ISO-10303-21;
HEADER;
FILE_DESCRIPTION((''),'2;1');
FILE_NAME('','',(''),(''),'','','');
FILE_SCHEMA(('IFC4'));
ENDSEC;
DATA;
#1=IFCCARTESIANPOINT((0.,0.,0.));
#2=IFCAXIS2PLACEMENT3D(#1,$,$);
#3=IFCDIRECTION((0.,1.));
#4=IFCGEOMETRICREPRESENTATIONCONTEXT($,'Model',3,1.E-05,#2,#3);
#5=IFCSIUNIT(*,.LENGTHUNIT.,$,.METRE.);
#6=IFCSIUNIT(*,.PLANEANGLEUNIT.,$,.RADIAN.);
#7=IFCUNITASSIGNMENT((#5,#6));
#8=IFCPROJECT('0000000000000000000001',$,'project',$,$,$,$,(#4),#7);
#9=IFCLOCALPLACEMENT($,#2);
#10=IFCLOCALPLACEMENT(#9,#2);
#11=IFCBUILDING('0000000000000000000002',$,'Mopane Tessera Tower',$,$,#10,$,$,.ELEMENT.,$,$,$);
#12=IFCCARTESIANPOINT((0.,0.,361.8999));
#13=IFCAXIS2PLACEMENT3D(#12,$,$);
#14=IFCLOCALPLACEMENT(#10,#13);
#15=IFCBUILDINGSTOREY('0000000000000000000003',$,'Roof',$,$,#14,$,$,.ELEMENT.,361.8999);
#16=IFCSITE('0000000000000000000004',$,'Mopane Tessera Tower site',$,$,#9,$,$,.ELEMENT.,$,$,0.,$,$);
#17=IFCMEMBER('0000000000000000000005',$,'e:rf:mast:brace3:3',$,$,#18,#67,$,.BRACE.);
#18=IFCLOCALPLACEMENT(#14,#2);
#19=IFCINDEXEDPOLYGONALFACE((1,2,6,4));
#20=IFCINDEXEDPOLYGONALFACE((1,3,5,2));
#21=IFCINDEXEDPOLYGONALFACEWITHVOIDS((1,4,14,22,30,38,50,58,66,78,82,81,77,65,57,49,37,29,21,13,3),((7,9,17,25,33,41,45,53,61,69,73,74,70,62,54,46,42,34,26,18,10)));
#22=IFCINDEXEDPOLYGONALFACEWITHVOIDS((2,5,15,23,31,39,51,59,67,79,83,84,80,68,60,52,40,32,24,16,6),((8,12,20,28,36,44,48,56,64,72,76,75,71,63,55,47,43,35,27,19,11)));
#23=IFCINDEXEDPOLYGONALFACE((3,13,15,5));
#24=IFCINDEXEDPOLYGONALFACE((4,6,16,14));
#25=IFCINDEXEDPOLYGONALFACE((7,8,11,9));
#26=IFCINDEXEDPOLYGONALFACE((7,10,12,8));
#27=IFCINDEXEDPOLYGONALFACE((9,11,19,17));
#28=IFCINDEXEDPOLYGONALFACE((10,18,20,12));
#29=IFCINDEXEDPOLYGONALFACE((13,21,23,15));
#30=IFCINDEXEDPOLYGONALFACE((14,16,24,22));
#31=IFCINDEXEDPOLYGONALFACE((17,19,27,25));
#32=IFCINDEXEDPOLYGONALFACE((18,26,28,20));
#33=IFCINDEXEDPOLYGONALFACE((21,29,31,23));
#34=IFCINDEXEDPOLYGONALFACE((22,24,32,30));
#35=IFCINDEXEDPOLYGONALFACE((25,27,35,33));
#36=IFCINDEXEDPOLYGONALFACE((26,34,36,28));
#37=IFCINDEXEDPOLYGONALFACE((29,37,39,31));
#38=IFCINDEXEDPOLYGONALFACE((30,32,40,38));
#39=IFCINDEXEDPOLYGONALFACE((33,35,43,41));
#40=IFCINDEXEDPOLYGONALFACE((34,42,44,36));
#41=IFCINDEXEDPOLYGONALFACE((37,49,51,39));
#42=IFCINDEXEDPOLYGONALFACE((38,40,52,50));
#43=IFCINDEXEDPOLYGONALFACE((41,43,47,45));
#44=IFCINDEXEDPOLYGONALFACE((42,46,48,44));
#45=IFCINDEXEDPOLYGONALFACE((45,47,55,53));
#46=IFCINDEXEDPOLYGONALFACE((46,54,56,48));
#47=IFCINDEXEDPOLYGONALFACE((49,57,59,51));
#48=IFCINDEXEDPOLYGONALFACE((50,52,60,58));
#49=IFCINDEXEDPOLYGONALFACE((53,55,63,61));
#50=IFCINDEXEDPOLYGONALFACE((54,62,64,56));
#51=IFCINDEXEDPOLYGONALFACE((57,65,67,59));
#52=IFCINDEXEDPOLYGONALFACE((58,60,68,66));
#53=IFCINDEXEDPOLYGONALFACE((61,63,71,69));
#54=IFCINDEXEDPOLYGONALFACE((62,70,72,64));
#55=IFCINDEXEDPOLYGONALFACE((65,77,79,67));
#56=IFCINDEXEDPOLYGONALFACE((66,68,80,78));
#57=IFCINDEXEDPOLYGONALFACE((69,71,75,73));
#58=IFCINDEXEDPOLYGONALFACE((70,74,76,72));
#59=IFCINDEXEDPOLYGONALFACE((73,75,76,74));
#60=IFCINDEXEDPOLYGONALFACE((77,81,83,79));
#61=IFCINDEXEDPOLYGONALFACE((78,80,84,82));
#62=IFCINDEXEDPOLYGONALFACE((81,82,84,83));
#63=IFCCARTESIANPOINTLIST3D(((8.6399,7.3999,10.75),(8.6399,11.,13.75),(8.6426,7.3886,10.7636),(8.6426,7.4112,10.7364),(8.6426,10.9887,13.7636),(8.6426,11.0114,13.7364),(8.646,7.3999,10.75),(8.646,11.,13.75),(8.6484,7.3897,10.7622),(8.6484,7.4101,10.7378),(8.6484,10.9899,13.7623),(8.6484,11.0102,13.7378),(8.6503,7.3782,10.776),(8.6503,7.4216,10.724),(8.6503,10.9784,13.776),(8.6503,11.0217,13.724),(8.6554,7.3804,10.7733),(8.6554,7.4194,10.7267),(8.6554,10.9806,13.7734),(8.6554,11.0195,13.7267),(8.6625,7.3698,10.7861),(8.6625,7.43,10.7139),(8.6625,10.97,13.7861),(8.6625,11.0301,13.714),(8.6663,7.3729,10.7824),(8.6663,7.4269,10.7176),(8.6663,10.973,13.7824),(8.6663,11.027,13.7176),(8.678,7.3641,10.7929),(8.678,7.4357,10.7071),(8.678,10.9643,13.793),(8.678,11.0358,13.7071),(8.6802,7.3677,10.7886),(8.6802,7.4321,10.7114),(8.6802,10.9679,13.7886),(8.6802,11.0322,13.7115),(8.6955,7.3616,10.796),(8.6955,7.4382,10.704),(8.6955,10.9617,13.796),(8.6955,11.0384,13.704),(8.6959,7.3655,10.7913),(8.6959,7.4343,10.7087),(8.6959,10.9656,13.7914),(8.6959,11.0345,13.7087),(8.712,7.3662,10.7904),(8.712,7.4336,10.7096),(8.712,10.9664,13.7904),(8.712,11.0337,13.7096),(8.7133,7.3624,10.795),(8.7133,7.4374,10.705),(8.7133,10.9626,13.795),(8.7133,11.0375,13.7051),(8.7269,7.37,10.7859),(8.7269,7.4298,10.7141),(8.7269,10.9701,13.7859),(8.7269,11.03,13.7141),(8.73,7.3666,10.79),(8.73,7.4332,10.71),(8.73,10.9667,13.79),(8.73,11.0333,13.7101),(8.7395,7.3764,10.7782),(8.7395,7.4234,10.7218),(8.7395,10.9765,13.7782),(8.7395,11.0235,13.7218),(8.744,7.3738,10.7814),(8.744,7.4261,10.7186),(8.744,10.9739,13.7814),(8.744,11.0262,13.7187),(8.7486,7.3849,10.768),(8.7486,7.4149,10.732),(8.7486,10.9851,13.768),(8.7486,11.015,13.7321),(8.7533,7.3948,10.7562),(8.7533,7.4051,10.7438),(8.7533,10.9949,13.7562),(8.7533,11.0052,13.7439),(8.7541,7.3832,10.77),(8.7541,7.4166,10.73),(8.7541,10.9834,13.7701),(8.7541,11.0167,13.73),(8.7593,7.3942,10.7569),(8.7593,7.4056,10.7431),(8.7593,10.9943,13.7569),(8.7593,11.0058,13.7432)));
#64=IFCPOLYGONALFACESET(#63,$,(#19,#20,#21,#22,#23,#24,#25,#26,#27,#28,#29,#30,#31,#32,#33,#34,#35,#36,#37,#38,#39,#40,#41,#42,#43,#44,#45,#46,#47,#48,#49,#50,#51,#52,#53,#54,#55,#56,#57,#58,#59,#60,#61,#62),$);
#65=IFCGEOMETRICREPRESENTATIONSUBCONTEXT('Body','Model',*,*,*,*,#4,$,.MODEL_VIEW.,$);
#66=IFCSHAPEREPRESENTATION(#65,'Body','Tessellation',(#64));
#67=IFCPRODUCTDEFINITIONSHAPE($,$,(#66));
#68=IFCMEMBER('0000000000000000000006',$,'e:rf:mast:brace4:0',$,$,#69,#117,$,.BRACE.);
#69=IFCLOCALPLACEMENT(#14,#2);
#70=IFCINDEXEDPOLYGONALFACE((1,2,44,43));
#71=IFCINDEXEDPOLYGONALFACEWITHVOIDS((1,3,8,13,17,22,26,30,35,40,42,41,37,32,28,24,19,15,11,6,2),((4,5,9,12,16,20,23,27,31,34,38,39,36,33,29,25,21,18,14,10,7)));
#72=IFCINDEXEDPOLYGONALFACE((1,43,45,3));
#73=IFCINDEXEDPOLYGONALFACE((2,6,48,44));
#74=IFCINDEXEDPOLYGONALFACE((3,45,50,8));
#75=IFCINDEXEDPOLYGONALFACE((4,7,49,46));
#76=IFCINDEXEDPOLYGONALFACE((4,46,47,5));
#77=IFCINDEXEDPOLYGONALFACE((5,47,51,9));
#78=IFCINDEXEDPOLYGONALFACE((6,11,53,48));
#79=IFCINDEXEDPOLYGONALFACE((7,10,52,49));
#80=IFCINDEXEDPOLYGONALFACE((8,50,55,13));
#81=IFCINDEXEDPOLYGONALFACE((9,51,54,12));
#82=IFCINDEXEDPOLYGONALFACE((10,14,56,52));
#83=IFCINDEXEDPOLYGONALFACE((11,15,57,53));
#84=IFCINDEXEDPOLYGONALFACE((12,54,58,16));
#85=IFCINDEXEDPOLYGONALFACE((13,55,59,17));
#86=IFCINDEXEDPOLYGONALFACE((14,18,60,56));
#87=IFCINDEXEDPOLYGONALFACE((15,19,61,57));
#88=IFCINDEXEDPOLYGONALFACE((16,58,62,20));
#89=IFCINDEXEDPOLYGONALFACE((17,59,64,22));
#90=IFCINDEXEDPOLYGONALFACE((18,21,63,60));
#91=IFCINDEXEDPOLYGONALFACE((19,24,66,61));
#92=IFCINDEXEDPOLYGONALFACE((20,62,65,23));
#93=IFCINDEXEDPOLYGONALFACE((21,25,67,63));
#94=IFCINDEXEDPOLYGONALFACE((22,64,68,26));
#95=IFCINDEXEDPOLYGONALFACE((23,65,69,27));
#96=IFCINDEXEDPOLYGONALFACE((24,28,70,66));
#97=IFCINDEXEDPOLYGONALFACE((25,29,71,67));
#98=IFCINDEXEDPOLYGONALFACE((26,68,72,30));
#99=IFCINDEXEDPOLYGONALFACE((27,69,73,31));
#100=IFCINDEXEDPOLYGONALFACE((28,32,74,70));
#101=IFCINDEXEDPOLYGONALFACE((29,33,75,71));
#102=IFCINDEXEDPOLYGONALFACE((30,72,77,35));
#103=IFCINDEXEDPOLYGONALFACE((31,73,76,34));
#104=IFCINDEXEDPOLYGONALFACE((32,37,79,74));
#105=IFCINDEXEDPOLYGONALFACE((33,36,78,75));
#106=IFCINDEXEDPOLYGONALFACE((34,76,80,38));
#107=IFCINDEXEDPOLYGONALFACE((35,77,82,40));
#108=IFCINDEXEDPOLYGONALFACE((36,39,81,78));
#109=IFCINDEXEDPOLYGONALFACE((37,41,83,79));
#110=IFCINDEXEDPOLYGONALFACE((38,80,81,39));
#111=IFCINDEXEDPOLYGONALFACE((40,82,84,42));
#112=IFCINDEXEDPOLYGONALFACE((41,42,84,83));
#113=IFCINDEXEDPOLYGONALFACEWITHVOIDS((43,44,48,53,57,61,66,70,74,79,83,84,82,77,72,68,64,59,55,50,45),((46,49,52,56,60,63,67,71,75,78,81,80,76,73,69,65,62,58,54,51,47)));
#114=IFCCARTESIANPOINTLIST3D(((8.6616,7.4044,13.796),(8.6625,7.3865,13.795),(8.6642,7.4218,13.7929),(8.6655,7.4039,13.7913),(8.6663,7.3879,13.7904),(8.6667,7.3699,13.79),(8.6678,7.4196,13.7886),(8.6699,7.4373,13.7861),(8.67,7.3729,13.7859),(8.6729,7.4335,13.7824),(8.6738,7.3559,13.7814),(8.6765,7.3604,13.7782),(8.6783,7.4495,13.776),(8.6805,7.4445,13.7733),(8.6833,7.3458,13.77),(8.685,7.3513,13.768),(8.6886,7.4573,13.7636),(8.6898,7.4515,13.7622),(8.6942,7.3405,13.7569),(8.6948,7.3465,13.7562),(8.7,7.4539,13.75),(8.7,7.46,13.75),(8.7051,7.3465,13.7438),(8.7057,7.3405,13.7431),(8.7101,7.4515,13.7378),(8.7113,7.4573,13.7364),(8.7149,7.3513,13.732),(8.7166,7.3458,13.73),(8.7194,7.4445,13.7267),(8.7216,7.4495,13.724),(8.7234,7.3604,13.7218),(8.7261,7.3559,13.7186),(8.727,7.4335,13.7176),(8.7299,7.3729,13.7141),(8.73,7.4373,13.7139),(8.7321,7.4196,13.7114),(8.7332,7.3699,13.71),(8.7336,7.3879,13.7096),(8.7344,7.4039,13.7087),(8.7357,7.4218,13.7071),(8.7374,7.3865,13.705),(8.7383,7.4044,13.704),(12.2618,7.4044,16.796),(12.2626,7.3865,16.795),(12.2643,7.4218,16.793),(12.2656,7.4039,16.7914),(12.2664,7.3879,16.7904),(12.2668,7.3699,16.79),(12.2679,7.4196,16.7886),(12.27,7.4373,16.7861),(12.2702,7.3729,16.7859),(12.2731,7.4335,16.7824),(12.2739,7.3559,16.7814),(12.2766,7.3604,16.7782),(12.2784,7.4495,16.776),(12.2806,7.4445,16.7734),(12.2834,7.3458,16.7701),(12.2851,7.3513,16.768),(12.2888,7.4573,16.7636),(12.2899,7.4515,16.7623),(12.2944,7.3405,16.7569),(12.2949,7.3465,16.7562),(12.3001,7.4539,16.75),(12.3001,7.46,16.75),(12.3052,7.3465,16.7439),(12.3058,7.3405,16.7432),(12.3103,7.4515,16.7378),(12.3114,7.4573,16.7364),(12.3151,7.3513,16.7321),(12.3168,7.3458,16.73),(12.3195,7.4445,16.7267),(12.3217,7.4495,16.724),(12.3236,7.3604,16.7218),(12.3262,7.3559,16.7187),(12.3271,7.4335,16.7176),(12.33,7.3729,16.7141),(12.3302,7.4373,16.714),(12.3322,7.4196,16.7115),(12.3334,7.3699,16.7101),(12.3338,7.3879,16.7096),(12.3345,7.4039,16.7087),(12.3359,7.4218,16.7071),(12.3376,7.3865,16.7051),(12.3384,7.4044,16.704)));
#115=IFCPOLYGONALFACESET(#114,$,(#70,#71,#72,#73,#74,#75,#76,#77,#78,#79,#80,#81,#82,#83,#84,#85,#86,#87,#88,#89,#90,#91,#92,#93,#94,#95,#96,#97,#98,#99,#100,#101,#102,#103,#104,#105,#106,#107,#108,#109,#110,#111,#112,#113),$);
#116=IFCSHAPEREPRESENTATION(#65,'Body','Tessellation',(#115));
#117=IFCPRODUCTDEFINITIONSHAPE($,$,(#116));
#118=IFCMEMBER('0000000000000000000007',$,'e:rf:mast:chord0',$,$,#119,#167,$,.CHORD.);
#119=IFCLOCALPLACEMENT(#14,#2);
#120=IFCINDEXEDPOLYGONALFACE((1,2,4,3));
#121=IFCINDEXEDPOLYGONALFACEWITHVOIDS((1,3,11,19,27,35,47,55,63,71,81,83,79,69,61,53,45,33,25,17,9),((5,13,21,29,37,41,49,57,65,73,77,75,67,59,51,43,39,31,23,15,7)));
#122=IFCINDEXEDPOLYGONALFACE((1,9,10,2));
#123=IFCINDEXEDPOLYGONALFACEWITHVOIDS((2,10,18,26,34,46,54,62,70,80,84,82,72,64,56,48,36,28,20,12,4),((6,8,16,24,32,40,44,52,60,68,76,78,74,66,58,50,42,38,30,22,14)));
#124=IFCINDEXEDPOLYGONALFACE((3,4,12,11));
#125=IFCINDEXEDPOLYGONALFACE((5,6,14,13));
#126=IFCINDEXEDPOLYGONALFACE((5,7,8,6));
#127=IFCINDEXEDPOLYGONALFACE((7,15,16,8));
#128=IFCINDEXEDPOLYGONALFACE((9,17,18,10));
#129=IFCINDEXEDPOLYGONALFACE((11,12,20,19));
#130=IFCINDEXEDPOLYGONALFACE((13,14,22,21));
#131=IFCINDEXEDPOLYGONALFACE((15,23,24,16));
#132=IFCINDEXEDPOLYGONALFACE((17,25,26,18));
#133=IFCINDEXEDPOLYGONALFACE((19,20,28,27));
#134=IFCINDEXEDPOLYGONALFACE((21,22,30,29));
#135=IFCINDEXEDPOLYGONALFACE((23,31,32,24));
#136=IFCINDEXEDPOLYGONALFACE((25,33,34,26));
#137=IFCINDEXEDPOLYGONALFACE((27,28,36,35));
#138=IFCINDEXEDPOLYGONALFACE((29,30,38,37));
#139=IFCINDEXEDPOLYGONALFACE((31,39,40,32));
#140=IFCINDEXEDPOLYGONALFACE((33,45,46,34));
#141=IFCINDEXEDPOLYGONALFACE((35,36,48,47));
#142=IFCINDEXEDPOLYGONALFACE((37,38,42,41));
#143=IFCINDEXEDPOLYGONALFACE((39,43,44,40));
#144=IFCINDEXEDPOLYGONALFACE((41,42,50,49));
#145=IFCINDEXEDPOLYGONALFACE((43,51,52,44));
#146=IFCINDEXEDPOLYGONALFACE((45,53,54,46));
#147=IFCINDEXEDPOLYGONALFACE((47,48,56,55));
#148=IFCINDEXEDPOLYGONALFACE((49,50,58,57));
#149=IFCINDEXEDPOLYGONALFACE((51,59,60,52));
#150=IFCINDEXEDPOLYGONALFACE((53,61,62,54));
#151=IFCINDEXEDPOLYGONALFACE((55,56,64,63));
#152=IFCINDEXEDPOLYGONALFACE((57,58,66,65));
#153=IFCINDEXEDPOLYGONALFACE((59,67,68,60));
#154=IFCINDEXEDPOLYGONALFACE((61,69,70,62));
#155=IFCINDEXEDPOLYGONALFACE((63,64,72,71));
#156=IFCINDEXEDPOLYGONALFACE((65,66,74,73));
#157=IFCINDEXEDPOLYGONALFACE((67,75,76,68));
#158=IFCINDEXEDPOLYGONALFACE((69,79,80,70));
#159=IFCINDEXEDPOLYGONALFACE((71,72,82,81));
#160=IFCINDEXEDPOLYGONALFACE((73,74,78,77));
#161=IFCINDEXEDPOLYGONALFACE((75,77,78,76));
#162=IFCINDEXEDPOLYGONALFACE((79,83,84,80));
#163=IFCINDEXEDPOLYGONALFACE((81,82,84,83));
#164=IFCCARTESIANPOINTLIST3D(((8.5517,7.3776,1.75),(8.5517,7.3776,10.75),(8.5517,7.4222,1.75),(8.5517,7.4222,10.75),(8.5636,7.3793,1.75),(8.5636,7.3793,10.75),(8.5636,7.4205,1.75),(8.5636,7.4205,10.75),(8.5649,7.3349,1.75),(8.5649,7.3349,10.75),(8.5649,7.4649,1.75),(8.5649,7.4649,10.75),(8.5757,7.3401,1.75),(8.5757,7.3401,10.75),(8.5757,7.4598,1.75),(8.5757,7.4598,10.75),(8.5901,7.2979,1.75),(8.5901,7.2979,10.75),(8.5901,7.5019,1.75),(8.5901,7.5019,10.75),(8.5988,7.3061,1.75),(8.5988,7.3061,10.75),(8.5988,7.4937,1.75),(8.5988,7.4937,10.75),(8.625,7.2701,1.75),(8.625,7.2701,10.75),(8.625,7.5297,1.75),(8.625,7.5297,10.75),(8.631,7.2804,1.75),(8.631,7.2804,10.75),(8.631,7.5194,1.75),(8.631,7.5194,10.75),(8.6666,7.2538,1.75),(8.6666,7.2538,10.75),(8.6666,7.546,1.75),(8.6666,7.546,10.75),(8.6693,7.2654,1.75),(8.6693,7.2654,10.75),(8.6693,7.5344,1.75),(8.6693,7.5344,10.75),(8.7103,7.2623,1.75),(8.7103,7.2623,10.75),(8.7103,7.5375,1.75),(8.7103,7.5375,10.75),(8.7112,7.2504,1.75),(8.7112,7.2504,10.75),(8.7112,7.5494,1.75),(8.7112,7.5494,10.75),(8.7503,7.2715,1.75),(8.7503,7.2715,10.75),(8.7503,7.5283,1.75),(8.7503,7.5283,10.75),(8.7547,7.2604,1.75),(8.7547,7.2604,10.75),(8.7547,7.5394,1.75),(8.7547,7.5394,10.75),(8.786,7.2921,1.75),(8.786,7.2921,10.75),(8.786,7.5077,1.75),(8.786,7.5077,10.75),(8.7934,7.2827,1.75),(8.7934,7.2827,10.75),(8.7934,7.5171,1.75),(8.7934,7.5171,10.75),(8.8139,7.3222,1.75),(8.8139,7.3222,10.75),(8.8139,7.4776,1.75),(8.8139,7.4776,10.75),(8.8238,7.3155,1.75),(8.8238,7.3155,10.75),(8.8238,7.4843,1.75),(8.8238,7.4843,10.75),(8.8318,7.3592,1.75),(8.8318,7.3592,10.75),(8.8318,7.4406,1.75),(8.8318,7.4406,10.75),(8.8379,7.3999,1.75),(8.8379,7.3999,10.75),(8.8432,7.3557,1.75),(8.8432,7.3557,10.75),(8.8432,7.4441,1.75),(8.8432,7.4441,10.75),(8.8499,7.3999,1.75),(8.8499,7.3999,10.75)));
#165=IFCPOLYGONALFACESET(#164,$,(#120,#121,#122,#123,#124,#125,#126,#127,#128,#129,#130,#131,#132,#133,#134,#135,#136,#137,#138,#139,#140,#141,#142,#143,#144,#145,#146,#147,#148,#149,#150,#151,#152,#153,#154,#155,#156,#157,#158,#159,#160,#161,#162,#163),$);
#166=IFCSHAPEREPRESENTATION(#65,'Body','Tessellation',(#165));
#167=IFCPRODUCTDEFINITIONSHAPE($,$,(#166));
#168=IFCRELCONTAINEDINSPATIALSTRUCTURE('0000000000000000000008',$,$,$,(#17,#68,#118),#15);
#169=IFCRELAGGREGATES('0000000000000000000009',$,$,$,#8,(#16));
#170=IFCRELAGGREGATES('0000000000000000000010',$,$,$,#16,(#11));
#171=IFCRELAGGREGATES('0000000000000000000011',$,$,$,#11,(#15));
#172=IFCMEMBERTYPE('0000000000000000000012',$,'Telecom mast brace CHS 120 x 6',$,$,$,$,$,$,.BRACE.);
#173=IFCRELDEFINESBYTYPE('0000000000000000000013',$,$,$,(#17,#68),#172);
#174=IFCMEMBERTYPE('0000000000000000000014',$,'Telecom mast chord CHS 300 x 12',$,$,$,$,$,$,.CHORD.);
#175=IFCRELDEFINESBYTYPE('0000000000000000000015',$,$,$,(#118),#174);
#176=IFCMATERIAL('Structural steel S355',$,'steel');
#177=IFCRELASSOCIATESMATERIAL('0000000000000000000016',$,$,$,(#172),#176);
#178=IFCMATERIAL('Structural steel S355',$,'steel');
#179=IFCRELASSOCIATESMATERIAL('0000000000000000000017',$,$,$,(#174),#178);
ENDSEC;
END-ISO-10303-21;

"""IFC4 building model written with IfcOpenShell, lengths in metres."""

from ifc_helpers import new_model, si_unit, direction, frame, origin, origin_2d, place, context, subcontext, project, spatial, hollow_circle, extrude, material, material_profile, profile_set, type_object, element, save


model = new_model("IFC4")

# Units and contexts
model_context = context("Model", 3, precision=1e-05, world=origin(), true_north=direction((0.0, 1.0)))
body_context = subcontext(model_context, "Body", "Model", "MODEL_VIEW")
ifc_project = project(units=[si_unit("LENGTHUNIT", "METRE"), si_unit("PLANEANGLEUNIT", "RADIAN")], contexts=[model_context])

# Site, building, storey
site_placement = place(None, origin())
site = spatial("IfcSite", under=ifc_project, at=site_placement, Name="Mopane Tessera Tower site", CompositionType="ELEMENT", RefElevation=0.0)
building_placement = place(site_placement, origin())
building = spatial("IfcBuilding", under=site, at=building_placement, Name="Mopane Tessera Tower", CompositionType="ELEMENT")
storey_placement = place(building_placement, frame((0.0, 0.0, 361.8999)))
storey = spatial("IfcBuildingStorey", under=building, at=storey_placement, Name="Roof", CompositionType="ELEMENT", Elevation=361.8999)

# Members
ifc_material_1 = material(Name="Structural steel S355", Category="steel")
ifc_material_profile_1 = material_profile(ifc_material_1, hollow_circle(Radius=0.0601, WallThickness=0.0061, at=origin_2d()))
ifc_profile_set_1 = profile_set([ifc_material_profile_1], Name="Structural steel S355")
member_type_1 = type_object("IfcMemberType", Name="Telecom mast brace CHS 120 x 6", PredefinedType="BRACE", material=ifc_profile_set_1)
for number, where, z_axis, x_axis, name in (
    (1, (8.7, 7.3999, 10.75), (0.0, 0.76823, 0.640174), (-1.0, 0.0, 0.0), "e:rf:mast:brace3:3"),
    (2, (8.7, 7.3999, 13.75), (0.76823, 0.0, 0.640174), (0.0, 1.0, 0.0), "e:rf:mast:brace4:0"),
):
    element("IfcMember", number, at=place(storey_placement, frame(where, z_axis=z_axis, x_axis=x_axis)), inside=storey, type_object=member_type_1, Name=name, PredefinedType="BRACE", context=body_context, shape_type="SweptSolid", body=[
        extrude(hollow_circle(Radius=0.0601, WallThickness=0.0061, at=origin_2d()), origin(), (0.0, 0.0, 1.0), 4.6863),
    ])
ifc_material_2 = material(Name="Structural steel S355", Category="steel")
ifc_material_profile_2 = material_profile(ifc_material_2, hollow_circle(Radius=0.1499, WallThickness=0.012, at=origin_2d()))
ifc_profile_set_2 = profile_set([ifc_material_profile_2], Name="Structural steel S355")
member_type_2 = type_object("IfcMemberType", Name="Telecom mast chord CHS 300 x 12", PredefinedType="CHORD", material=ifc_profile_set_2)
member_1_placement = place(storey_placement, frame((8.7, 7.3999, 1.75), z_axis=(0.0, 0.0, 1.0), x_axis=(1.0, 0.0, 0.0)))
element("IfcMember", 3, at=member_1_placement, inside=storey, type_object=member_type_2, Name="e:rf:mast:chord0", PredefinedType="CHORD", context=body_context, shape_type="SweptSolid", body=[
    extrude(hollow_circle(Radius=0.1499, WallThickness=0.012, at=origin_2d()), origin(), (0.0, 0.0, 1.0), 9.0),
])

save(model, "model.ifc")
